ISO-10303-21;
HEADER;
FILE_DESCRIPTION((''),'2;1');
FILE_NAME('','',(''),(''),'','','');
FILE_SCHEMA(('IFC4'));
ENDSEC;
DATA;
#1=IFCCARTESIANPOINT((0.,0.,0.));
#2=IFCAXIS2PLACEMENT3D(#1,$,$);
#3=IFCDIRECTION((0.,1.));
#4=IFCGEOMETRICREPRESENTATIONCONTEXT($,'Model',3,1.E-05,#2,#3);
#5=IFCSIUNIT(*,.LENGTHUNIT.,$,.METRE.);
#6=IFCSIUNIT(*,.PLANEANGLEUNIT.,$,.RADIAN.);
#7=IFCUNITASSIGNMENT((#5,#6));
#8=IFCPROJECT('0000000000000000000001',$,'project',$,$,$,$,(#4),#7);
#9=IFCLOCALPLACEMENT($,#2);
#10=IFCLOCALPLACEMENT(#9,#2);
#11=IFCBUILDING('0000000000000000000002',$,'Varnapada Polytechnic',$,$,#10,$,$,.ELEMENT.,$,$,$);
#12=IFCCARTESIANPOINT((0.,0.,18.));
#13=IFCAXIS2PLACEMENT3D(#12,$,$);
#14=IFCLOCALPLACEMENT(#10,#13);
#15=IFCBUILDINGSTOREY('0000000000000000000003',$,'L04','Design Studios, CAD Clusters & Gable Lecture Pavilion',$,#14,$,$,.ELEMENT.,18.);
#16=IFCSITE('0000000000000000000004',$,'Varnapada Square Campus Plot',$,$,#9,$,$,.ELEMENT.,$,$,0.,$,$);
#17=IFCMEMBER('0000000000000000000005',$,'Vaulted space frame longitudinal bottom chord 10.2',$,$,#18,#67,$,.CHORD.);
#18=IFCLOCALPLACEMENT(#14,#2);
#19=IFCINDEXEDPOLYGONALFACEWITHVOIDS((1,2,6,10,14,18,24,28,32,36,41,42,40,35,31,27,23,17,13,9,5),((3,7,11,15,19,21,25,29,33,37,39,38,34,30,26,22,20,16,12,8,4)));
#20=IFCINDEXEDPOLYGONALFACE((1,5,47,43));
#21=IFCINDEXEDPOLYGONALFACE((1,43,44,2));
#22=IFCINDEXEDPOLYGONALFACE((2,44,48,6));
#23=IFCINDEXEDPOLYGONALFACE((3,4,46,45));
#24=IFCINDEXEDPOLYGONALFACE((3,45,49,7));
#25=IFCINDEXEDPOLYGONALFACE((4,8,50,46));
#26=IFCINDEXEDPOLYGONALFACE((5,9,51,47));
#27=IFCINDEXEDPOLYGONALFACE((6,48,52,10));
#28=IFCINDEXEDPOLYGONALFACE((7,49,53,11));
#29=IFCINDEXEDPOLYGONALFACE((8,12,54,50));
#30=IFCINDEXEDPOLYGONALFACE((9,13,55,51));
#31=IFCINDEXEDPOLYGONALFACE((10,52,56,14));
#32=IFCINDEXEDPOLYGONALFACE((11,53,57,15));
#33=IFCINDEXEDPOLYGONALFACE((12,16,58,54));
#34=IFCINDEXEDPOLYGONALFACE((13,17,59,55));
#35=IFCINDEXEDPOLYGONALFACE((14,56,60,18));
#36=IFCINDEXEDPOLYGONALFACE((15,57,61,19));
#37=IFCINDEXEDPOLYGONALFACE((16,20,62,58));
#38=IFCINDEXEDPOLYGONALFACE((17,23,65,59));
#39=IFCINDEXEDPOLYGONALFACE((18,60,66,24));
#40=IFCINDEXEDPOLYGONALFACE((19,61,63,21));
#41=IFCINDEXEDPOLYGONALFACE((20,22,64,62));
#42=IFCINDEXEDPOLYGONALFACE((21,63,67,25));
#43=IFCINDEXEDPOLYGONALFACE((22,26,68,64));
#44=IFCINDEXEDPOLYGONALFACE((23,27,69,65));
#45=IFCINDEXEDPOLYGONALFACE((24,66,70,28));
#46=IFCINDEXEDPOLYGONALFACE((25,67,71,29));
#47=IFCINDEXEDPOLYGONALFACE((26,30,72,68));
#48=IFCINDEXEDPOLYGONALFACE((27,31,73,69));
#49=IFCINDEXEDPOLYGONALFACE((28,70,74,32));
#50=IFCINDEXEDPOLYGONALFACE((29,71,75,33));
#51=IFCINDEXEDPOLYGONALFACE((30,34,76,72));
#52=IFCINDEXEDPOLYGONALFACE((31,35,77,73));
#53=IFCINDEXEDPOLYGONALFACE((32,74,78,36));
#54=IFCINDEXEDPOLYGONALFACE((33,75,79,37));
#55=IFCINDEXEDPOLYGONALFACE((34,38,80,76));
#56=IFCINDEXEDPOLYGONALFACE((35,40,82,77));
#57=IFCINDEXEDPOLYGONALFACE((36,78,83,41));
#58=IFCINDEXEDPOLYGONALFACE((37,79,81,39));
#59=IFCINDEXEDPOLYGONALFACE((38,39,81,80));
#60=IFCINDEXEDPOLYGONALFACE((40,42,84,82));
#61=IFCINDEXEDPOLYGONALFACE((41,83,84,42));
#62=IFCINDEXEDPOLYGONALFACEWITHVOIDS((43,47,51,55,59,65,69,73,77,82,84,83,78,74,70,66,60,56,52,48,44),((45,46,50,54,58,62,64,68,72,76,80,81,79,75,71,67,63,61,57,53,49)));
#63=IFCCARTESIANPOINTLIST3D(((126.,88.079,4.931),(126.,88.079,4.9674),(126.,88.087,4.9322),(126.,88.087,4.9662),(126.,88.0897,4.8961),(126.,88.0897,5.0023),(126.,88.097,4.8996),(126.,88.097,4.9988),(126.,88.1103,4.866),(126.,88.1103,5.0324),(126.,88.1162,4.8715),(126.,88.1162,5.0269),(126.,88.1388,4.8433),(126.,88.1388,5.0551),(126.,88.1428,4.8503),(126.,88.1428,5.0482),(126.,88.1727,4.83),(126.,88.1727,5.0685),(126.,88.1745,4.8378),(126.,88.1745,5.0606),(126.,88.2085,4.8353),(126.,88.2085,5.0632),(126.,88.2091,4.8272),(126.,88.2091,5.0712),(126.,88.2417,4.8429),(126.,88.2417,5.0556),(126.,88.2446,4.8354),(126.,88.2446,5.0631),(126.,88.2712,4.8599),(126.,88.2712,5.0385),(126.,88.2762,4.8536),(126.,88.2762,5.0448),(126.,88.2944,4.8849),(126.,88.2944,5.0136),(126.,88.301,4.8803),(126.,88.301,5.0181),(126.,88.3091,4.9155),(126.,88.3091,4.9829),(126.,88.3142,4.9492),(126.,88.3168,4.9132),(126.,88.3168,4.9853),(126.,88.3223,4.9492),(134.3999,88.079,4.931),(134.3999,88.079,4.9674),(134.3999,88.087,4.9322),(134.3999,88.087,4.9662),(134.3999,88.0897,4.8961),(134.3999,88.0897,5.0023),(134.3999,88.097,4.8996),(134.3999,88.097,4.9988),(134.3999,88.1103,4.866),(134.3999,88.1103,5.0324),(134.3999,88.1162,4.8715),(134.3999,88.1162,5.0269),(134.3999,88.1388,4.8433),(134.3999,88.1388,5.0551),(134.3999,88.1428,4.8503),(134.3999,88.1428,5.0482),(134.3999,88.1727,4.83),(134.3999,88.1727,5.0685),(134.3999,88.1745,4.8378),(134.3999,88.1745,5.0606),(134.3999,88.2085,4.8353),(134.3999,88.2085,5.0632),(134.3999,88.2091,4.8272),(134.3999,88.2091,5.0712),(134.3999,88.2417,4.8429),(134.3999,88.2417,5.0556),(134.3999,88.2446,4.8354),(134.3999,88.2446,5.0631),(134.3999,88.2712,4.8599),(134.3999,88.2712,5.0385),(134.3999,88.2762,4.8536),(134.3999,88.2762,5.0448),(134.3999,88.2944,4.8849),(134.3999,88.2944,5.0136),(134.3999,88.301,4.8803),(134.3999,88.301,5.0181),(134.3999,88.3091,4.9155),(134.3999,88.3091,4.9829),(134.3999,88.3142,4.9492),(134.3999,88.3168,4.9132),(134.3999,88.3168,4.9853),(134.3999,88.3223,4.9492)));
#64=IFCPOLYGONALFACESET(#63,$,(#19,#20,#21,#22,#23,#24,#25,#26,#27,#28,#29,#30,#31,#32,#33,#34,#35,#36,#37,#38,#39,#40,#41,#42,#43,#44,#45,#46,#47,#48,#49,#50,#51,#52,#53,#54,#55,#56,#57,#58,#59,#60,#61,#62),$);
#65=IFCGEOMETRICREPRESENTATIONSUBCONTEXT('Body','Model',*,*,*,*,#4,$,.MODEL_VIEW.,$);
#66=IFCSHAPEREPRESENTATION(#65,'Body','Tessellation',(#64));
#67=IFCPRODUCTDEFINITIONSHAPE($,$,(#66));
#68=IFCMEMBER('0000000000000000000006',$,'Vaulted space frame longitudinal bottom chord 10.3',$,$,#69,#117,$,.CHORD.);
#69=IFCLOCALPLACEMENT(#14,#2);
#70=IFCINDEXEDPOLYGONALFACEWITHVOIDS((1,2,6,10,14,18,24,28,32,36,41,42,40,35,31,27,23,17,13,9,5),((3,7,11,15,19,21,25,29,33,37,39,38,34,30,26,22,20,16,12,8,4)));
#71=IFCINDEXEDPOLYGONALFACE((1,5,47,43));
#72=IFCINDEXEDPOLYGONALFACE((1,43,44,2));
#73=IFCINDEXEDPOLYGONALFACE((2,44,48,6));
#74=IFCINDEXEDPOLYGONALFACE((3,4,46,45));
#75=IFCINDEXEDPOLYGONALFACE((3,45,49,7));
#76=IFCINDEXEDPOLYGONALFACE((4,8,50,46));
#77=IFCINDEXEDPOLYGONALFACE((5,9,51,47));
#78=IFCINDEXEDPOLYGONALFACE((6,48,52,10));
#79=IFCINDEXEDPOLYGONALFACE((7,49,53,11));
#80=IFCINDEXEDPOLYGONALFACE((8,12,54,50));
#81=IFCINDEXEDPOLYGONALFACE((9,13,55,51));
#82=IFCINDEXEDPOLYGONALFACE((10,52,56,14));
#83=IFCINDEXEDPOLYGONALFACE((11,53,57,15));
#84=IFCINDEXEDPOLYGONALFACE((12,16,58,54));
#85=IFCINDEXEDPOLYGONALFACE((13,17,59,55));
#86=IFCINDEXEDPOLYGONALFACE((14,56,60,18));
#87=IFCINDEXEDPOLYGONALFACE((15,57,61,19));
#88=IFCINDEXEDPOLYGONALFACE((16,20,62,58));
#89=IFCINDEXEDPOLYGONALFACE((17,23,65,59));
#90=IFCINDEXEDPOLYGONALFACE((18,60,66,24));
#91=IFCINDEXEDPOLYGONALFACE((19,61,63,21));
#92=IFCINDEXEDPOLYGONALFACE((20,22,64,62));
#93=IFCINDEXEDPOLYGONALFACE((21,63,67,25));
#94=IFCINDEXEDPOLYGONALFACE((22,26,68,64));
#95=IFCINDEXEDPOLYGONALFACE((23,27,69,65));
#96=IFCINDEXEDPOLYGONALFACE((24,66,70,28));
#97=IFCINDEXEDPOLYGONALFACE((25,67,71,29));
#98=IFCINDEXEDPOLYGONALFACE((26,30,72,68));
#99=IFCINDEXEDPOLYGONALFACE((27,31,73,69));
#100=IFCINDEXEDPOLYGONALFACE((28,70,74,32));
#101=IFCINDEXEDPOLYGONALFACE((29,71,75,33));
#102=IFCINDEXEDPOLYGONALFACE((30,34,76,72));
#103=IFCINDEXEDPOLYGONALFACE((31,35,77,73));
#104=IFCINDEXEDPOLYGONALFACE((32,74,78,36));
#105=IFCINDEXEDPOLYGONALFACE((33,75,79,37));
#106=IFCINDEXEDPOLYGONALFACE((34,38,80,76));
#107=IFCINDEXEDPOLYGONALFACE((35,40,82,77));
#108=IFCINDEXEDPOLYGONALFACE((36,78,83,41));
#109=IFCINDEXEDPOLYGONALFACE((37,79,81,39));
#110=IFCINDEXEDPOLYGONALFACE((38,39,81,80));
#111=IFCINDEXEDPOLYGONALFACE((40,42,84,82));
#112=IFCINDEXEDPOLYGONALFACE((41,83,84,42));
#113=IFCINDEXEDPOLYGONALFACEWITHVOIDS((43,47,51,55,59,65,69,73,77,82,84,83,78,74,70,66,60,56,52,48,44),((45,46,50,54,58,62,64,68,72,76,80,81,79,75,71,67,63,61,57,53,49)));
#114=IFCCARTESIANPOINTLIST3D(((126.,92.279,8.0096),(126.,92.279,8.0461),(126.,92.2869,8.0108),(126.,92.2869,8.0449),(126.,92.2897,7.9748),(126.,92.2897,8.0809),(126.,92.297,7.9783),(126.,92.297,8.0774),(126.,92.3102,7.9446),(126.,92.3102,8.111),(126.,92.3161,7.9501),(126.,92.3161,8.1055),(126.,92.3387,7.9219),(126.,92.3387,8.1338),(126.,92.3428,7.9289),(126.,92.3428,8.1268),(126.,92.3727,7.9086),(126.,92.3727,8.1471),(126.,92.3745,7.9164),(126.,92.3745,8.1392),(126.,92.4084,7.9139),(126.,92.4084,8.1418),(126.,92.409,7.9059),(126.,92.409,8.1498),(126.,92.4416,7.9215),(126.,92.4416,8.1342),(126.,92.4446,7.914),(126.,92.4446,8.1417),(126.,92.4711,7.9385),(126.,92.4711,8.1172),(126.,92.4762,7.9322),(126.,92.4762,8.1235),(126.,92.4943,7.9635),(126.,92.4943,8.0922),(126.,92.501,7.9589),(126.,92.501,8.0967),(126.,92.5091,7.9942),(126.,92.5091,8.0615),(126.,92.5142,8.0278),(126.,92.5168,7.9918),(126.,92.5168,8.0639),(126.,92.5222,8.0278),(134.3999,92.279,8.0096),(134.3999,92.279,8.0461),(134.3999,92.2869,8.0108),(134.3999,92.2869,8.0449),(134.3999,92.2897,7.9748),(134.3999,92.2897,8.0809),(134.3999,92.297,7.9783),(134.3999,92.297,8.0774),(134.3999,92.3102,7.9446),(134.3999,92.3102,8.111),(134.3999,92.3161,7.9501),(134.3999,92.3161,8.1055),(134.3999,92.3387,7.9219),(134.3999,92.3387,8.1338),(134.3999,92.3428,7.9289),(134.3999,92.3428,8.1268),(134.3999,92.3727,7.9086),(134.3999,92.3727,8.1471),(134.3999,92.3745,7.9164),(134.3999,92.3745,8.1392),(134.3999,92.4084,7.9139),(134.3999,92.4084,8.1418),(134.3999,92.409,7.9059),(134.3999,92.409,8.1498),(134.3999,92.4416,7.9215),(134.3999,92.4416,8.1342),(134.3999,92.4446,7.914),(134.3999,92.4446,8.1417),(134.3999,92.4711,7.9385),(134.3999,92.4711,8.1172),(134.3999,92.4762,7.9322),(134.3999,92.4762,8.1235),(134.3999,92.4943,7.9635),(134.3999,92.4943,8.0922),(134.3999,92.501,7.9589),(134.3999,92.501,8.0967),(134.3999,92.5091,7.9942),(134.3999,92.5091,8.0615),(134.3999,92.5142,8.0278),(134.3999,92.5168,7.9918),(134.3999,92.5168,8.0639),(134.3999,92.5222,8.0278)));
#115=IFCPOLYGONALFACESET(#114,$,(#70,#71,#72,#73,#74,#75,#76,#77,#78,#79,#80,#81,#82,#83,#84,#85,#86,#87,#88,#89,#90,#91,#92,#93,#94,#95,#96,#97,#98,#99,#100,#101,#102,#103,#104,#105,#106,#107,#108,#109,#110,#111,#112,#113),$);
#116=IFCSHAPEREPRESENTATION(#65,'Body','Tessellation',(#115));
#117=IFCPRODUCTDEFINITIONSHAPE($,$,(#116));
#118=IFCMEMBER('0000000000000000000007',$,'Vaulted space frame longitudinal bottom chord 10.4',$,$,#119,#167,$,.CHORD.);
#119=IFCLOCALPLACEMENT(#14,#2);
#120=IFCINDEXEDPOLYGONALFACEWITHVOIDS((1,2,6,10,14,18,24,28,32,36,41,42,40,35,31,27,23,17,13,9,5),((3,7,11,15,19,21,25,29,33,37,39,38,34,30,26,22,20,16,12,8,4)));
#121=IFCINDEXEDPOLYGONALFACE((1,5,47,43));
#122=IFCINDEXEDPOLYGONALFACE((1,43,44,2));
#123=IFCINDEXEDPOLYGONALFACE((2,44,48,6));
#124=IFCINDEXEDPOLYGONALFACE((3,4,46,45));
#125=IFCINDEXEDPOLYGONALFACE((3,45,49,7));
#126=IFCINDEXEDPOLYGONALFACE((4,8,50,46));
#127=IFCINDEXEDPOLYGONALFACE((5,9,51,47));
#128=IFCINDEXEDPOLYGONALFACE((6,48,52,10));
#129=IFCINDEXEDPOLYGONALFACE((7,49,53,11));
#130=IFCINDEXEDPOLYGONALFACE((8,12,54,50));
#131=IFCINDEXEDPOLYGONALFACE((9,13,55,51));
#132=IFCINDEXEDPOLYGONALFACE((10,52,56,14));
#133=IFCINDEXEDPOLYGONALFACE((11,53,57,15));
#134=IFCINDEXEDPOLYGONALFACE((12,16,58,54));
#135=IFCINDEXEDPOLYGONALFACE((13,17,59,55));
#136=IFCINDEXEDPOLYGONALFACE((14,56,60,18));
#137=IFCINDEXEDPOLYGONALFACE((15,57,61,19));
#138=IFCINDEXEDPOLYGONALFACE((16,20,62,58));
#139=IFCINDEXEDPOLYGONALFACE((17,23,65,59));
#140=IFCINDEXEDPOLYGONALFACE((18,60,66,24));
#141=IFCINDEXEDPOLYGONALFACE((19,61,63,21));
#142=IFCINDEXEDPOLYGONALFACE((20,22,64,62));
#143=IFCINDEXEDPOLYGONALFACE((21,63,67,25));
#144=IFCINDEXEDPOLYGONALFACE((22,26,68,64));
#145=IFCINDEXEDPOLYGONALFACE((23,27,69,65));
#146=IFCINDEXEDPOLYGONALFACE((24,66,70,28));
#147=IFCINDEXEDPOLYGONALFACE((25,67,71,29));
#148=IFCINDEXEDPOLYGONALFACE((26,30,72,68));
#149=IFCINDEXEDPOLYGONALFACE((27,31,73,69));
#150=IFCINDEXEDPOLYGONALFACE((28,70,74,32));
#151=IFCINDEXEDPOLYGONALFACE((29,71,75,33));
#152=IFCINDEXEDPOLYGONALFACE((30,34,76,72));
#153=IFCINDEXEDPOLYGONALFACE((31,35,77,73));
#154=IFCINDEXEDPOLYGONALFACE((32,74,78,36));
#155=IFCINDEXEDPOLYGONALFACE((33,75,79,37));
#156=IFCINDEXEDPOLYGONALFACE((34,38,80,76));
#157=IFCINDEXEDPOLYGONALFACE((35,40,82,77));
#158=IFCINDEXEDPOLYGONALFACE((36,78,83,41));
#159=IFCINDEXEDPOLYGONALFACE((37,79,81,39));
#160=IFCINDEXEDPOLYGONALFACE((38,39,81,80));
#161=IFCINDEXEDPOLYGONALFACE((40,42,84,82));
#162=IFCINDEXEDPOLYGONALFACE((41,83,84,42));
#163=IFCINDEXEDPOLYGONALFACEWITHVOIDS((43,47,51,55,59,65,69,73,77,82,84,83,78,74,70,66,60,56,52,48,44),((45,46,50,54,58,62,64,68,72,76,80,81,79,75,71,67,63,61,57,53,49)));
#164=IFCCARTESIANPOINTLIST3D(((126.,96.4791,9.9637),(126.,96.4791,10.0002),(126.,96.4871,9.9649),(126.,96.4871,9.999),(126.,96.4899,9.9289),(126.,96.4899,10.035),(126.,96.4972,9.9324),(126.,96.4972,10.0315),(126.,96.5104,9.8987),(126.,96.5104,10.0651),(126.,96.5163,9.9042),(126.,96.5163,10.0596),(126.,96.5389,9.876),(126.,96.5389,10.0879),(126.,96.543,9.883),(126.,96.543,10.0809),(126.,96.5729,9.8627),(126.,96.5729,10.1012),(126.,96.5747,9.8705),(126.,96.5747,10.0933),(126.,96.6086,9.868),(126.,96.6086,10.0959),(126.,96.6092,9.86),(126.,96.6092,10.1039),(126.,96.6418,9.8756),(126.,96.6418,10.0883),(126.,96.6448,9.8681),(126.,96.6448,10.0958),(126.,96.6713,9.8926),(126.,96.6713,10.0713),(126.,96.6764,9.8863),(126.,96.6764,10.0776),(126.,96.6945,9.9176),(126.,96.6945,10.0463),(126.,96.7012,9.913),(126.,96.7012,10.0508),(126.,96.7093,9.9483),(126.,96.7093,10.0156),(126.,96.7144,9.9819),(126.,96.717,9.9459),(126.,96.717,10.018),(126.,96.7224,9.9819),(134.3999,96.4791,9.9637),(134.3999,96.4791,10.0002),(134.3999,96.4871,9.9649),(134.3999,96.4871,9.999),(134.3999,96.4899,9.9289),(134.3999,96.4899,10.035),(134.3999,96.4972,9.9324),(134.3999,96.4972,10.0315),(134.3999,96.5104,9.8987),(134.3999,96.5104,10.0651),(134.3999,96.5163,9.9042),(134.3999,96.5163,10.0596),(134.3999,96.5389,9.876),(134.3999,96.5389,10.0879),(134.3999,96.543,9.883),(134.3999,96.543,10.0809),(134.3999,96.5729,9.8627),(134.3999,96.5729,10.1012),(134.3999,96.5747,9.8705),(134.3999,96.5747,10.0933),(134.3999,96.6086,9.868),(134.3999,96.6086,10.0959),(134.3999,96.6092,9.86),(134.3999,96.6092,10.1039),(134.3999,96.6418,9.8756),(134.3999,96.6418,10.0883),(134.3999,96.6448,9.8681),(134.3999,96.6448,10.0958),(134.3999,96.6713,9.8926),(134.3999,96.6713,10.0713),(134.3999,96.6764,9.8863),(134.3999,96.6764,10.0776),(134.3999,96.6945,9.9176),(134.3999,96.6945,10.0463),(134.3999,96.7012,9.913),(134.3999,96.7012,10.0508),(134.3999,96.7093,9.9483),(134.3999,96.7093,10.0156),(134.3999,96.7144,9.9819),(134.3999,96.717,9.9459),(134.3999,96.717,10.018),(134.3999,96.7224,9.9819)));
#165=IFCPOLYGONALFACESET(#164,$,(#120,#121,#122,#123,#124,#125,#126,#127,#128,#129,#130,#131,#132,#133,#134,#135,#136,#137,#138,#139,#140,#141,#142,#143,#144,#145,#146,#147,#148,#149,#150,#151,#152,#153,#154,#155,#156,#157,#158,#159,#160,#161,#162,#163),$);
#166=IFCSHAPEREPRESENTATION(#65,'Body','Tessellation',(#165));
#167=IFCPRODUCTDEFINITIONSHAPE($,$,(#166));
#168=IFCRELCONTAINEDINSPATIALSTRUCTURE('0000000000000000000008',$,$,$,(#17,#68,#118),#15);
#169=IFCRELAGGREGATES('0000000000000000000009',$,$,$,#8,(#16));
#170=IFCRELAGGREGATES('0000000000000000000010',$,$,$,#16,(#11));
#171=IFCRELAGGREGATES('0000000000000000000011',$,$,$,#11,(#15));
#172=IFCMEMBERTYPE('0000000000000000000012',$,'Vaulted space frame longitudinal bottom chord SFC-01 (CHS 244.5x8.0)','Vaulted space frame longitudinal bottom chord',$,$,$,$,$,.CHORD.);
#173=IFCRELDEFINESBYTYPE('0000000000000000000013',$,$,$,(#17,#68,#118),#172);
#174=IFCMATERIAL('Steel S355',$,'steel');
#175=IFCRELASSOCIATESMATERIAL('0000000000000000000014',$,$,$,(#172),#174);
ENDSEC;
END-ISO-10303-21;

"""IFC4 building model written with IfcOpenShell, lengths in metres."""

from ifc_helpers import new_model, si_unit, direction, frame, origin, origin_2d, place, context, subcontext, project, spatial, hollow_circle, extrude, material, material_profile, profile_set, type_object, element, save


model = new_model("IFC4")

# Units and contexts
model_context = context("Model", 3, precision=1e-05, world=origin(), true_north=direction((0.0, 1.0)))
body_context = subcontext(model_context, "Body", "Model", "MODEL_VIEW")
ifc_project = project(units=[si_unit("LENGTHUNIT", "METRE"), si_unit("PLANEANGLEUNIT", "RADIAN")], contexts=[model_context])

# Site, building, storey
site_placement = place(None, origin())
site = spatial("IfcSite", under=ifc_project, at=site_placement, Name="Varnapada Square Campus Plot", CompositionType="ELEMENT", RefElevation=0.0)
building_placement = place(site_placement, origin())
building = spatial("IfcBuilding", under=site, at=building_placement, Name="Varnapada Polytechnic", CompositionType="ELEMENT")
storey_placement = place(building_placement, frame((0.0, 0.0, 18.0)))
storey = spatial("IfcBuildingStorey", under=building, at=storey_placement, Name="L04", Description="Design Studios, CAD Clusters & Gable Lecture Pavilion", CompositionType="ELEMENT", Elevation=18.0)

# Shared definitions
ifc_material = material(Name="Steel S355", Category="steel")

# Members
ifc_material_profile_1 = material_profile(ifc_material, hollow_circle(Radius=0.1223, WallThickness=0.0081, at=origin_2d()), Name="CHS 244.5x8.0")
ifc_profile_set_1 = profile_set([ifc_material_profile_1], Name="Steel S355")
member_type_1 = type_object("IfcMemberType", Name="Vaulted space frame longitudinal bottom chord SFC-01 (CHS 244.5x8.0)", Description="Vaulted space frame longitudinal bottom chord", PredefinedType="CHORD", material=ifc_profile_set_1)
for number, where, z_axis, x_axis, name in (
    (1, (126.0, 88.2, 4.9492), (1.0, 0.0, 0.0), (0.0, 1.0, 0.0), "Vaulted space frame longitudinal bottom chord 10.2"),
    (2, (126.0, 92.3999, 8.0278), (1.0, 0.0, 0.0), (0.0, 1.0, 0.0), "Vaulted space frame longitudinal bottom chord 10.3"),
    (3, (126.0, 96.6001, 9.9819), (1.0, 0.0, 0.0), (0.0, 1.0, 0.0), "Vaulted space frame longitudinal bottom chord 10.4"),
):
    element("IfcMember", number, at=place(storey_placement, frame(where, z_axis=z_axis, x_axis=x_axis)), inside=storey, type_object=member_type_1, Name=name, PredefinedType="CHORD", context=body_context, shape_type="SweptSolid", body=[
        extrude(hollow_circle(Radius=0.1223, WallThickness=0.0081, at=origin_2d()), origin(), (0.0, 0.0, 1.0), 8.3999),
    ])

save(model, "model.ifc")
